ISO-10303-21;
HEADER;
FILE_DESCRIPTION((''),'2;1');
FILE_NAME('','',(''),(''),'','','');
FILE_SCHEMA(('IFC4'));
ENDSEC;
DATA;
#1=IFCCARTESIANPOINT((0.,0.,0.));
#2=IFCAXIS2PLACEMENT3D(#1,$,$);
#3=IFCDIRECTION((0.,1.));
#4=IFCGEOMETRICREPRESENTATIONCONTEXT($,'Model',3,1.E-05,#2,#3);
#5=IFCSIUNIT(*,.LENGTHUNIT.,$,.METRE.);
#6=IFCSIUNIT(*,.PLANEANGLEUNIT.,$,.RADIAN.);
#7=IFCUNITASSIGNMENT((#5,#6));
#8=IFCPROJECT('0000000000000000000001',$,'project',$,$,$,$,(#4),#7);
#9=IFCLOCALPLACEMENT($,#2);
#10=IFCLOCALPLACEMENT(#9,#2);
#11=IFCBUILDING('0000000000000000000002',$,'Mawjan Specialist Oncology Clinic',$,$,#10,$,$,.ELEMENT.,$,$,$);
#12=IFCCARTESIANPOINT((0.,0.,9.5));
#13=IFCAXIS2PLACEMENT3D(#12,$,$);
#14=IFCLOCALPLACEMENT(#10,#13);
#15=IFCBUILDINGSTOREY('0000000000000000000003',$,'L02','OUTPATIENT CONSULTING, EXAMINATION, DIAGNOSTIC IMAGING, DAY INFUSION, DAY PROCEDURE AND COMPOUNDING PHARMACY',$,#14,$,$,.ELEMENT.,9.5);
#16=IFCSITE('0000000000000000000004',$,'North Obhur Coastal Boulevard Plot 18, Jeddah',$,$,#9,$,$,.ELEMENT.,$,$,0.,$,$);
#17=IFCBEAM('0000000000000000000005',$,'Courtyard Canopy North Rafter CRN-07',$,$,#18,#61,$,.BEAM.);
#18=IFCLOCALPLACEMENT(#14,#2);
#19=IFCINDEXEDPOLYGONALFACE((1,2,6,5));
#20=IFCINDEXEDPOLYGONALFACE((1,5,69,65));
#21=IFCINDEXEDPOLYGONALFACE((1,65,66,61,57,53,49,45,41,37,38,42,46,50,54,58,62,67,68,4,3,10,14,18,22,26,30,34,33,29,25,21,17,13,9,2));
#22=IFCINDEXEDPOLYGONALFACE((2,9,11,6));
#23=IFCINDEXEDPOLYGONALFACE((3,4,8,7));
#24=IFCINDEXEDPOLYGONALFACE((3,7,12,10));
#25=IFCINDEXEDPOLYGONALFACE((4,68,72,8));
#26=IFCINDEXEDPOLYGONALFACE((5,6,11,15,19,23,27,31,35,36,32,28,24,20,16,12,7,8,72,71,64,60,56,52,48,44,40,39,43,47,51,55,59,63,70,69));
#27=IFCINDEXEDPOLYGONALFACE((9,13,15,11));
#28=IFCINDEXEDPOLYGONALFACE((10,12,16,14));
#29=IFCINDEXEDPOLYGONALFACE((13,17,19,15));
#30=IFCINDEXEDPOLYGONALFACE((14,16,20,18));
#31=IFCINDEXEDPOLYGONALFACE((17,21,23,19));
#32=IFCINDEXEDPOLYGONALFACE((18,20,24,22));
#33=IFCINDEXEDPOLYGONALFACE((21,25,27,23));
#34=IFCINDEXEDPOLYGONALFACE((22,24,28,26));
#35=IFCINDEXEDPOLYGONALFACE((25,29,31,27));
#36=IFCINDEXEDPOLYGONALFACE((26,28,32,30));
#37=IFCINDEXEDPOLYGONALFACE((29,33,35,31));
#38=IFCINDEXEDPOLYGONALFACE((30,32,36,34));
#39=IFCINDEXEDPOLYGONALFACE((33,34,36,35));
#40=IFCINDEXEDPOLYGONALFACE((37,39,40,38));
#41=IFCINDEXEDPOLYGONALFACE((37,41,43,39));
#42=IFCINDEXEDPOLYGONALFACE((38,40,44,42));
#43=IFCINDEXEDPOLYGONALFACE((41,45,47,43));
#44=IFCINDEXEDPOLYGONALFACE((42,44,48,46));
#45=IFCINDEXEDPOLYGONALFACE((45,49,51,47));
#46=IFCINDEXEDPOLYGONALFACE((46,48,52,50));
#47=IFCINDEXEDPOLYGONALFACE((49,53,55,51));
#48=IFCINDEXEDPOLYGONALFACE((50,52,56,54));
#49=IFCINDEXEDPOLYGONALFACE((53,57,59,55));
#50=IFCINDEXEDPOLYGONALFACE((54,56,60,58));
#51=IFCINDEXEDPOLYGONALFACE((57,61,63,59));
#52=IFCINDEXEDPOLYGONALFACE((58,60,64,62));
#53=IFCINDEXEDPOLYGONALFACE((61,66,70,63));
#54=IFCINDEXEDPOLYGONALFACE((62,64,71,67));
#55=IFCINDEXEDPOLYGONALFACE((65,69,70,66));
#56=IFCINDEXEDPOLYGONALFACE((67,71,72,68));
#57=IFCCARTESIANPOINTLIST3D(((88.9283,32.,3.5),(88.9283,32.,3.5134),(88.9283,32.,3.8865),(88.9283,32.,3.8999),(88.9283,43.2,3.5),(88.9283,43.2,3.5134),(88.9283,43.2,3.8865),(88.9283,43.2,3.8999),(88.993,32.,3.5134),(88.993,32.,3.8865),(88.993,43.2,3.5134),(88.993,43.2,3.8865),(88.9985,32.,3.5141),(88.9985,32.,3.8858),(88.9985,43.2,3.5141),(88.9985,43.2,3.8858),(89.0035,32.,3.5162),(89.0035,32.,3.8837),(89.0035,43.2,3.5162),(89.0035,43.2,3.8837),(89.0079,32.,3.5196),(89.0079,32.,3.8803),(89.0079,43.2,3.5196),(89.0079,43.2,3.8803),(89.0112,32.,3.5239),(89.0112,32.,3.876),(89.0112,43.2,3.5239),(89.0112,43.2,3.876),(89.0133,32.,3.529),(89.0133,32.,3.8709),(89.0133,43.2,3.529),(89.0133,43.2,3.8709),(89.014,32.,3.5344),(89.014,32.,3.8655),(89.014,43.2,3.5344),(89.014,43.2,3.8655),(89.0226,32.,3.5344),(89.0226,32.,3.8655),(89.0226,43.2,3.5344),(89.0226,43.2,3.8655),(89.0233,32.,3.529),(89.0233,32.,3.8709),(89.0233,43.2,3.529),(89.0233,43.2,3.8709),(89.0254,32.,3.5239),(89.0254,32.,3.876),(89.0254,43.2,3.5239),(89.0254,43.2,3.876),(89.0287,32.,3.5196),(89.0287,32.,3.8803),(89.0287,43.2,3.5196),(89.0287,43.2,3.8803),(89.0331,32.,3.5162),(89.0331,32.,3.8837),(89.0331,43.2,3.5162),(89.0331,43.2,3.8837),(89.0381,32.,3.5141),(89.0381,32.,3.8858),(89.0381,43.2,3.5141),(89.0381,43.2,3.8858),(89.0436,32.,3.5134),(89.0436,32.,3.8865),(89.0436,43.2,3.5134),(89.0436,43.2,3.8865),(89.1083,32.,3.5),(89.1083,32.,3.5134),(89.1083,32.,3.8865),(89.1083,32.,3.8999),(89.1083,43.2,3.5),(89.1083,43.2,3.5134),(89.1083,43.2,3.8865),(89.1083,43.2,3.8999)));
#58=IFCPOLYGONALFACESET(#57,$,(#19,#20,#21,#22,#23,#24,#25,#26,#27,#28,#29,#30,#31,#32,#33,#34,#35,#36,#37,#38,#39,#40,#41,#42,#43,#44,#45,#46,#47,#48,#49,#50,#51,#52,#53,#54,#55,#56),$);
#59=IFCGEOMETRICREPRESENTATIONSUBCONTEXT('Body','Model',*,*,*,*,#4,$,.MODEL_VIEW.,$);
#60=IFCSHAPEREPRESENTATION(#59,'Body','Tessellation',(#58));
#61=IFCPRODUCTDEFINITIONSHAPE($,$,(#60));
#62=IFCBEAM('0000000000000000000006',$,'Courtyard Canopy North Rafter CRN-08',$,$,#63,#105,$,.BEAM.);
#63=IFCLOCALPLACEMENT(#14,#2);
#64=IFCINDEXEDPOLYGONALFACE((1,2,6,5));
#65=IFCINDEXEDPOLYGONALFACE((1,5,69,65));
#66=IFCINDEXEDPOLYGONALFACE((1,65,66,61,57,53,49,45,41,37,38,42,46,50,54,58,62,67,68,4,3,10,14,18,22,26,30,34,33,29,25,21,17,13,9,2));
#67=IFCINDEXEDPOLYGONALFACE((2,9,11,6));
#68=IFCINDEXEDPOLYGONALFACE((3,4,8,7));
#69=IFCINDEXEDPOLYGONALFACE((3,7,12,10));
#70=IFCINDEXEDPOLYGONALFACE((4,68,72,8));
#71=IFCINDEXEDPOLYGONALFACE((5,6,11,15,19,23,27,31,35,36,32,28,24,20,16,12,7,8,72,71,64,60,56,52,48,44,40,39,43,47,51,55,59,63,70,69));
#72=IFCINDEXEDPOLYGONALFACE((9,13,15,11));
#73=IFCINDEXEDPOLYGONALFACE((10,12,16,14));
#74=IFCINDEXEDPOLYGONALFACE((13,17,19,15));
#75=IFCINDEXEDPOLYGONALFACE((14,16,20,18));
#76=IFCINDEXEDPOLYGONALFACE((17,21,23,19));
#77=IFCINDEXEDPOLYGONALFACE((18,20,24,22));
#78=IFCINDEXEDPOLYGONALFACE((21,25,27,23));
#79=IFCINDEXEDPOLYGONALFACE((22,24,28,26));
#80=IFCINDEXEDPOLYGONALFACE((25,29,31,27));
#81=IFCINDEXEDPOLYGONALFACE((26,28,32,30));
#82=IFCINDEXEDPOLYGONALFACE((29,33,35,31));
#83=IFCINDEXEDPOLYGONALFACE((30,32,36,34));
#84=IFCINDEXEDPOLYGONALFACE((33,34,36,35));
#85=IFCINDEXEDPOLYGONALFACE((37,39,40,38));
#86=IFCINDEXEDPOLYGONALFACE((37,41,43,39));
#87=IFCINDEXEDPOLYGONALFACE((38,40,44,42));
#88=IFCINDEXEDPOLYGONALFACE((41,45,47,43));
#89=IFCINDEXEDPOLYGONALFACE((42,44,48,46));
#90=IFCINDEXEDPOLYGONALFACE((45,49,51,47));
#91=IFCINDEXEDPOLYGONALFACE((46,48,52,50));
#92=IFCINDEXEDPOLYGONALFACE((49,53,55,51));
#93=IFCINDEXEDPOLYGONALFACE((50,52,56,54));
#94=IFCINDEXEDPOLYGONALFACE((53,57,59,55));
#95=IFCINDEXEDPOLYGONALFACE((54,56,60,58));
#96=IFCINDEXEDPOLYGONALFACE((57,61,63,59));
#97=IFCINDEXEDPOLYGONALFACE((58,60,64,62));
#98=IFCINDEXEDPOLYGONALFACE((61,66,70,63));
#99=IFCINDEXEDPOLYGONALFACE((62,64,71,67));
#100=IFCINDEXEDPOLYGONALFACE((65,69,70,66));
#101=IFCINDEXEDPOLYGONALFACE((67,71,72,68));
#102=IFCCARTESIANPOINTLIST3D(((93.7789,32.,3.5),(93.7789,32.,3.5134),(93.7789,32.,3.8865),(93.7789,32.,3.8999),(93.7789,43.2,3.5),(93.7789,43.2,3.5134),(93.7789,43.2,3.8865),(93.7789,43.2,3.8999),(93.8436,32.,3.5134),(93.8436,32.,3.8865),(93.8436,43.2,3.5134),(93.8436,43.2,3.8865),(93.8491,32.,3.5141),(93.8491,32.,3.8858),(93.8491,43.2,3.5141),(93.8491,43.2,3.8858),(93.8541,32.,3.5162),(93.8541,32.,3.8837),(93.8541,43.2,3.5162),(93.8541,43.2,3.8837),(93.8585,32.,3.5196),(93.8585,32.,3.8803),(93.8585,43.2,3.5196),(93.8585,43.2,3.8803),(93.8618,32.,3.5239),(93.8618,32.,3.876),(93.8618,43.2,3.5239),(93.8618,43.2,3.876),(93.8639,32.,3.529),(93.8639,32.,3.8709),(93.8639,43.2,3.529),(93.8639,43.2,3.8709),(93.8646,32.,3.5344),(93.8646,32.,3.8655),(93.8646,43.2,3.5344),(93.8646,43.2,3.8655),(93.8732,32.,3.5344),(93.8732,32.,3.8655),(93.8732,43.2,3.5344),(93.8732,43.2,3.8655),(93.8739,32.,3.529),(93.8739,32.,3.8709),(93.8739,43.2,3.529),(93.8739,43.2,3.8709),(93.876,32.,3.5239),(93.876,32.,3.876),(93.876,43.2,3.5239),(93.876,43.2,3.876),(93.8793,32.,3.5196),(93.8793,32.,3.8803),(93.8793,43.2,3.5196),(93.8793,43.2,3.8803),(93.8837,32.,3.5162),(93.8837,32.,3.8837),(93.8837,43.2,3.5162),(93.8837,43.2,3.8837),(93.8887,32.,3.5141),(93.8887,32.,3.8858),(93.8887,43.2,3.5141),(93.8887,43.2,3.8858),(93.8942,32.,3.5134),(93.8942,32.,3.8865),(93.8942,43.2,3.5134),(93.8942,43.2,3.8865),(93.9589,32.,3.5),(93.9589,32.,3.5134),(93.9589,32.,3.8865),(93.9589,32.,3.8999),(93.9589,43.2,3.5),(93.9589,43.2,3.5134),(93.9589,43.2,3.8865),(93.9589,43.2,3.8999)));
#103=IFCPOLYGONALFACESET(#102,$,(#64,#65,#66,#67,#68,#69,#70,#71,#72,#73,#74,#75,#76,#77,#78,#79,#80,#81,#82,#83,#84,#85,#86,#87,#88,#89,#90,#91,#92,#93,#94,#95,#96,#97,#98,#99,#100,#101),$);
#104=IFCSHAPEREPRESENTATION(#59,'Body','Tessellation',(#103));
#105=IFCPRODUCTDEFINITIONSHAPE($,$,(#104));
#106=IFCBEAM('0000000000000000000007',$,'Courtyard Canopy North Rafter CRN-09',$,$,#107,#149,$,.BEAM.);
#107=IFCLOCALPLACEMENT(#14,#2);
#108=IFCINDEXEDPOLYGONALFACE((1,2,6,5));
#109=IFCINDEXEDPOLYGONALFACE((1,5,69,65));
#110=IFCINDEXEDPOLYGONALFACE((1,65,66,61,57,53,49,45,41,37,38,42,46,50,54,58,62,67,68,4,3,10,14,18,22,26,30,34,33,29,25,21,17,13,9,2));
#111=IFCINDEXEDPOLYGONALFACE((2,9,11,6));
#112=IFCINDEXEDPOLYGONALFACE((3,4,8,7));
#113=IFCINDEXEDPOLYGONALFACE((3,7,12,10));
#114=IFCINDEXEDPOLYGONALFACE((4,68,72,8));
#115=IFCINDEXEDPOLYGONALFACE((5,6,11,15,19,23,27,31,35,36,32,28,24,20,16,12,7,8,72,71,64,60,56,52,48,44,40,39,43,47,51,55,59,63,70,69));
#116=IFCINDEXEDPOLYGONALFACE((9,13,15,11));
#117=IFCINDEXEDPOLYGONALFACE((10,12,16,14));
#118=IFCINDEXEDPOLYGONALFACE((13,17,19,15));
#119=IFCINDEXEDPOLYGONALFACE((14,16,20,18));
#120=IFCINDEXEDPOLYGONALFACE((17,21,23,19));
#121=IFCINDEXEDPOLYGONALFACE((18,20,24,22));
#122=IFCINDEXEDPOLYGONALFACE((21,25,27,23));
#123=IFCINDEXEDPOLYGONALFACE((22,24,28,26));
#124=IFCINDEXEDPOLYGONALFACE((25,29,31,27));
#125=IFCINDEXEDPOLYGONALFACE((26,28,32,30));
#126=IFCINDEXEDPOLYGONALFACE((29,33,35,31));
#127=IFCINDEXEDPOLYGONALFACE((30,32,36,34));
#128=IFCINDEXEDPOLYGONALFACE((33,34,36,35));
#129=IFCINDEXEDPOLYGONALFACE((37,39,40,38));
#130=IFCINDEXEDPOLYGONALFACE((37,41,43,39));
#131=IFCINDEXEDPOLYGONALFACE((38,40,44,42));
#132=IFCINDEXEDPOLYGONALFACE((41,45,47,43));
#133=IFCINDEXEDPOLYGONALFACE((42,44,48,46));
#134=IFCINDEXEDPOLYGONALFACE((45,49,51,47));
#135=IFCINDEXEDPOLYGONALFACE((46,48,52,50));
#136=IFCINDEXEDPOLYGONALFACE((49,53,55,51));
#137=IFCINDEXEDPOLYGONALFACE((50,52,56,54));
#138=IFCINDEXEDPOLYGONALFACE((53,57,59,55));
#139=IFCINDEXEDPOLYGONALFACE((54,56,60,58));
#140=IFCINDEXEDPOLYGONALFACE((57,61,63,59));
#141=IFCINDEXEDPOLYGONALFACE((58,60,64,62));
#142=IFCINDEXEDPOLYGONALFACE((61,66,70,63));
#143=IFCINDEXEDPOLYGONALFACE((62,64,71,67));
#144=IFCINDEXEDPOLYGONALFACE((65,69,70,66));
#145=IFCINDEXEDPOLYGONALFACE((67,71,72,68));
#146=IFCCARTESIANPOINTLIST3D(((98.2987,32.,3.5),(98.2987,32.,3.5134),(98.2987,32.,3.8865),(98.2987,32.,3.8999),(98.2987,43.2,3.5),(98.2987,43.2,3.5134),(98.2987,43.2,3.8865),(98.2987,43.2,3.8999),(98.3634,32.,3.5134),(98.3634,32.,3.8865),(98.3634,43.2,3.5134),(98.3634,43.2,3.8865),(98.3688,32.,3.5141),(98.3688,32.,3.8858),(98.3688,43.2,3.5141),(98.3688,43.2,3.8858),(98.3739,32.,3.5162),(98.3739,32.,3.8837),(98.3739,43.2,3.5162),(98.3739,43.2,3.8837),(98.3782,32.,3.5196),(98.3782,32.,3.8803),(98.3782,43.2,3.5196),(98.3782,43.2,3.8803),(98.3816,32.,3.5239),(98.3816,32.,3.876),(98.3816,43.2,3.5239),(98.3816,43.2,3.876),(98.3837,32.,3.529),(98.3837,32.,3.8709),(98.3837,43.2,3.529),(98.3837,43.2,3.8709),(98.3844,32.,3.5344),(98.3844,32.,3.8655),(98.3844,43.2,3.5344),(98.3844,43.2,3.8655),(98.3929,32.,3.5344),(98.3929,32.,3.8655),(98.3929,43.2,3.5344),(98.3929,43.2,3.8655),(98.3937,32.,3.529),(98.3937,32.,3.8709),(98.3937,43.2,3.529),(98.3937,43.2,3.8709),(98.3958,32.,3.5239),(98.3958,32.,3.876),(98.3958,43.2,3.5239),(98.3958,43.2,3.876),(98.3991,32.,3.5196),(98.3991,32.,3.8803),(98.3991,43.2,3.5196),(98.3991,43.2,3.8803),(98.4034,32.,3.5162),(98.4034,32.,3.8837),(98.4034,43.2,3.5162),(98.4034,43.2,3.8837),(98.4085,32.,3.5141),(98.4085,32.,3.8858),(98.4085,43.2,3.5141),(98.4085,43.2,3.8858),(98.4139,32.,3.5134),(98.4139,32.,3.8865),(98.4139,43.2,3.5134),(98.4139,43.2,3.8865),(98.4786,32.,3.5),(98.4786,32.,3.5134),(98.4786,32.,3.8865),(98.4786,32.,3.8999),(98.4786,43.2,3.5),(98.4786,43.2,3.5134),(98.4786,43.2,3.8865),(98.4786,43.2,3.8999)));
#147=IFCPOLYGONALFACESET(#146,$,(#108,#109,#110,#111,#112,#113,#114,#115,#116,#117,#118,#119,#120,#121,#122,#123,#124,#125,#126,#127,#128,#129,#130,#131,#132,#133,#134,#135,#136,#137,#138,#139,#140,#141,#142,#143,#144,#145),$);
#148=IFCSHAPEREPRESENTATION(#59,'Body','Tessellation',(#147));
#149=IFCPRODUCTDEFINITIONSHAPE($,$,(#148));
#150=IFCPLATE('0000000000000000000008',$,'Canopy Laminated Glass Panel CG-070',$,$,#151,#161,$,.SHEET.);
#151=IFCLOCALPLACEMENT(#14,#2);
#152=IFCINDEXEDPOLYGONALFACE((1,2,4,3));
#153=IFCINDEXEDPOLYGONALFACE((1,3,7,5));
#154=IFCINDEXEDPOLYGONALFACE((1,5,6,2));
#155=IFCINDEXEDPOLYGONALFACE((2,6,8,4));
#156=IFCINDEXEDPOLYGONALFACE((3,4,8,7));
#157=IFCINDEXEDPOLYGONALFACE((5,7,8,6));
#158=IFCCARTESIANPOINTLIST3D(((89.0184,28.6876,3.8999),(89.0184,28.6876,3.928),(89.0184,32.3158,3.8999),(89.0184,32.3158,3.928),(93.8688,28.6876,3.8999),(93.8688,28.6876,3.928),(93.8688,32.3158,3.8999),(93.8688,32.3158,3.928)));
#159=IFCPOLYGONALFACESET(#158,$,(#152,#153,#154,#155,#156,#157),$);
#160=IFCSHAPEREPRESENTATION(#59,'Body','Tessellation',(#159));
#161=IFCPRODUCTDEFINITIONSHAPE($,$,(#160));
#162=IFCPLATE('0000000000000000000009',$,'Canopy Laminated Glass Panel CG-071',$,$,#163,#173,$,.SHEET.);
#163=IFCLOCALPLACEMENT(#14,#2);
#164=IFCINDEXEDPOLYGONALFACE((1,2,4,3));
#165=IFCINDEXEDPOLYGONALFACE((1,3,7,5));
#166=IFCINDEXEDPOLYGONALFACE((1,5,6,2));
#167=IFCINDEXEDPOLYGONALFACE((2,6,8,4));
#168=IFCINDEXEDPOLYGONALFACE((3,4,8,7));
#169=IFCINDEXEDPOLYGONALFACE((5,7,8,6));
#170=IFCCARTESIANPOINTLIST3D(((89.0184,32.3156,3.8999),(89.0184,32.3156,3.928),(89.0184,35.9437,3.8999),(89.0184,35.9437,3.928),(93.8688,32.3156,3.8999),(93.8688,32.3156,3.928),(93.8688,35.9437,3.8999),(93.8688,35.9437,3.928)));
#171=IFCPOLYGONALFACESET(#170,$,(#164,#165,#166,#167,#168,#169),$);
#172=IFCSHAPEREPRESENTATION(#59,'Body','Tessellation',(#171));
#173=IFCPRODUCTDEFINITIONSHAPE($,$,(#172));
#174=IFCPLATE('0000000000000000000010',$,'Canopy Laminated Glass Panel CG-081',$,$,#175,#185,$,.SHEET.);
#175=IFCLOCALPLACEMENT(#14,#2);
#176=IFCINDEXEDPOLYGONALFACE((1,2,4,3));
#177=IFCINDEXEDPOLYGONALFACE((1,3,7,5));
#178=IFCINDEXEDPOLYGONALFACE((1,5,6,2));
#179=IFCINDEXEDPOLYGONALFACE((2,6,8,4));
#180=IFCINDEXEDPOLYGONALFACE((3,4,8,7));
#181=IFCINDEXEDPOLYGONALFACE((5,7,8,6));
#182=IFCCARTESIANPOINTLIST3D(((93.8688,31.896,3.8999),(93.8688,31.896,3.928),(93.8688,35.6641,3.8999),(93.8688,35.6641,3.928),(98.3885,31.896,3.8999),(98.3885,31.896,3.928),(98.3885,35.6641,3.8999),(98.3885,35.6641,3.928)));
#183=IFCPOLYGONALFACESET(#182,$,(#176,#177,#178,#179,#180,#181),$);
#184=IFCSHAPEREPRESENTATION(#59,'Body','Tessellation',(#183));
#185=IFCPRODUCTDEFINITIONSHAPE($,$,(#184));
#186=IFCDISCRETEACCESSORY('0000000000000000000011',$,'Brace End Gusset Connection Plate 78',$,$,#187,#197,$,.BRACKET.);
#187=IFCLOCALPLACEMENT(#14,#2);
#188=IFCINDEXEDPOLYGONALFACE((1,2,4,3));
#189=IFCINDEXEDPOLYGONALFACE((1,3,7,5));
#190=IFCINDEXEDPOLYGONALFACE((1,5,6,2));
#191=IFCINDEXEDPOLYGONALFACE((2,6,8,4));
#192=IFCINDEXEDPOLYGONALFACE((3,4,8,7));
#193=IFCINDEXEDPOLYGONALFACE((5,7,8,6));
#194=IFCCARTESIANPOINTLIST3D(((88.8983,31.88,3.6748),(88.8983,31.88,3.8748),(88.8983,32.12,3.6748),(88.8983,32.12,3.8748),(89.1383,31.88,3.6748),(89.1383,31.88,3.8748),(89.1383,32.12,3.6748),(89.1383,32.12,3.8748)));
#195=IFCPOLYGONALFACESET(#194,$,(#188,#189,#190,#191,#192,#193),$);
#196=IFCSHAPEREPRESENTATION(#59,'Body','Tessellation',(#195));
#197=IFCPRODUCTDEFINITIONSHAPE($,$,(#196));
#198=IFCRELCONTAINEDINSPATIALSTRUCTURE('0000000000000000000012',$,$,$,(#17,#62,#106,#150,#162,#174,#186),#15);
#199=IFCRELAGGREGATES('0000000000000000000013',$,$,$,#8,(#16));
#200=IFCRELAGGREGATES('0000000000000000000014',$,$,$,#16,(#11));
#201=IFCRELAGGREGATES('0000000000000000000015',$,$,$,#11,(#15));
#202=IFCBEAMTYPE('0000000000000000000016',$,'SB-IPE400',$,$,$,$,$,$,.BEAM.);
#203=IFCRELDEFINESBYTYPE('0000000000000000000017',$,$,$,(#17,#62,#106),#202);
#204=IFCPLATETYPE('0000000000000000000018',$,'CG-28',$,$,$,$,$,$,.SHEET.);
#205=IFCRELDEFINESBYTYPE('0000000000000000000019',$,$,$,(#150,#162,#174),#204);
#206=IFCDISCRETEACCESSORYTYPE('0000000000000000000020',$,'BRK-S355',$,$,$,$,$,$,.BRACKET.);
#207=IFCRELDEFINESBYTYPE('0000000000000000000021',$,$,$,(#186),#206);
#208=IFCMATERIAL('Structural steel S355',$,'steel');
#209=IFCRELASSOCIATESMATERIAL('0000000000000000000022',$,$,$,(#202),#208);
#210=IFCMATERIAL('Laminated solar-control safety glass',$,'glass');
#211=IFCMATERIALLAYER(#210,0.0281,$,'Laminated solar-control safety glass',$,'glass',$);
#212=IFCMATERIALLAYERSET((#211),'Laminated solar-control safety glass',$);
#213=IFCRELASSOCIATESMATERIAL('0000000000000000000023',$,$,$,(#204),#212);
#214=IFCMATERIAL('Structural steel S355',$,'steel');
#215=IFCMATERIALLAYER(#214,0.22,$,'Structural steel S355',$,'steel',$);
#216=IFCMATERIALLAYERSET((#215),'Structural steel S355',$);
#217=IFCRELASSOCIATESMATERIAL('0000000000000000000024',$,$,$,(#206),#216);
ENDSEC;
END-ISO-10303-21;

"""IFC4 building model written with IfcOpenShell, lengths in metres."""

from ifc_helpers import new_model, si_unit, direction, frame, origin, origin_2d, place, context, subcontext, project, spatial, rectangle, i_section, extrude, material, layer, layer_set, material_profile, profile_set, type_object, element, save


model = new_model("IFC4")

# Units and contexts
model_context = context("Model", 3, precision=1e-05, world=origin(), true_north=direction((0.0, 1.0)))
body_context = subcontext(model_context, "Body", "Model", "MODEL_VIEW")
ifc_project = project(units=[si_unit("LENGTHUNIT", "METRE"), si_unit("PLANEANGLEUNIT", "RADIAN")], contexts=[model_context])

# Site, building, storey
site_placement = place(None, origin())
site = spatial("IfcSite", under=ifc_project, at=site_placement, Name="North Obhur Coastal Boulevard Plot 18, Jeddah", CompositionType="ELEMENT", RefElevation=0.0)
building_placement = place(site_placement, origin())
building = spatial("IfcBuilding", under=site, at=building_placement, Name="Mawjan Specialist Oncology Clinic", CompositionType="ELEMENT")
storey_placement = place(building_placement, frame((0.0, 0.0, 9.5)))
storey = spatial("IfcBuildingStorey", under=building, at=storey_placement, Name="L02", Description="OUTPATIENT CONSULTING, EXAMINATION, DIAGNOSTIC IMAGING, DAY INFUSION, DAY PROCEDURE AND COMPOUNDING PHARMACY", CompositionType="ELEMENT", Elevation=9.5)

# Beams
ifc_material_1 = material(Name="Structural steel S355", Category="steel")
ifc_material_profile_1 = material_profile(ifc_material_1, i_section(OverallWidth=0.1799, OverallDepth=0.3999, WebThickness=0.0085, FlangeThickness=0.0134, FilletRadius=0.021, at=origin_2d()), Name="IPE 400", Category="steel")
ifc_profile_set_1 = profile_set([ifc_material_profile_1], Name="Structural steel S355")
beam_type_1 = type_object("IfcBeamType", Name="SB-IPE400", PredefinedType="BEAM", material=ifc_profile_set_1)
for number, where, z_axis, x_axis, name in (
    (1, (89.0183, 32.0, 3.7), (0.0, 1.0, 0.0), (-1.0, 0.0, 0.0), "Courtyard Canopy North Rafter CRN-07"),
    (2, (93.8689, 32.0, 3.7), (0.0, 1.0, 0.0), (-1.0, 0.0, 0.0), "Courtyard Canopy North Rafter CRN-08"),
    (3, (98.3887, 32.0, 3.7), (0.0, 1.0, 0.0), (-1.0, 0.0, 0.0), "Courtyard Canopy North Rafter CRN-09"),
):
    element("IfcBeam", number, at=place(storey_placement, frame(where, z_axis=z_axis, x_axis=x_axis)), inside=storey, type_object=beam_type_1, Name=name, PredefinedType="BEAM", context=body_context, shape_type="SweptSolid", body=[
        extrude(i_section(OverallWidth=0.1799, OverallDepth=0.3999, WebThickness=0.0085, FlangeThickness=0.0134, FilletRadius=0.021, at=origin_2d()), origin(), (0.0, 0.0, 1.0), 11.2),
    ])

# Plates
ifc_material_2 = material(Name="Laminated solar-control safety glass", Category="glass")
ifc_layer_1 = layer(ifc_material_2, 0.0281, Name="Laminated solar-control safety glass", Category="glass")
ifc_layer_set_1 = layer_set([ifc_layer_1], Name="Laminated solar-control safety glass")
plate_type = type_object("IfcPlateType", Name="CG-28", PredefinedType="SHEET", material=ifc_layer_set_1)
for number, where, z_axis, x_axis, name in (
    (4, (91.4436, 30.5017, 3.8999), (0.0, 0.0, 1.0), (1.0, 0.0, 0.0), "Canopy Laminated Glass Panel CG-070"),
    (5, (91.4436, 34.1296, 3.8999), (0.0, 0.0, 1.0), (1.0, 0.0, 0.0), "Canopy Laminated Glass Panel CG-071"),
):
    element("IfcPlate", number, at=place(storey_placement, frame(where, z_axis=z_axis, x_axis=x_axis)), inside=storey, type_object=plate_type, Name=name, PredefinedType="SHEET", context=body_context, shape_type="SweptSolid", body=[
        extrude(rectangle(XDim=4.8503, YDim=3.6282, at=origin_2d()), origin(), (0.0, 0.0, 1.0), 0.0281),
    ])
plate_placement = place(storey_placement, frame((96.1287, 33.78, 3.8999), z_axis=(0.0, 0.0, 1.0), x_axis=(1.0, 0.0, 0.0)))
element("IfcPlate", 6, at=plate_placement, inside=storey, type_object=plate_type, Name="Canopy Laminated Glass Panel CG-081", PredefinedType="SHEET", context=body_context, shape_type="SweptSolid", body=[
    extrude(rectangle(XDim=4.5198, YDim=3.7681, at=origin_2d()), origin(), (0.0, 0.0, 1.0), 0.0281),
])

# Discrete accessory
ifc_material_3 = material(Name="Structural steel S355", Category="steel")
ifc_layer_2 = layer(ifc_material_3, 0.22, Name="Structural steel S355", Category="steel")
ifc_layer_set_2 = layer_set([ifc_layer_2], Name="Structural steel S355")
discrete_accessory_type = type_object("IfcDiscreteAccessoryType", Name="BRK-S355", PredefinedType="BRACKET", material=ifc_layer_set_2)
discrete_accessory_placement = place(storey_placement, frame((89.0183, 32.0, 3.6748), z_axis=(0.0, 0.0, 1.0), x_axis=(1.0, 0.0, 0.0)))
element("IfcDiscreteAccessory", 7, at=discrete_accessory_placement, inside=storey, type_object=discrete_accessory_type, Name="Brace End Gusset Connection Plate 78", PredefinedType="BRACKET", context=body_context, shape_type="SweptSolid", body=[
    extrude(rectangle(XDim=0.24, YDim=0.24, at=origin_2d()), origin(), (0.0, 0.0, 1.0), 0.2),
])

save(model, "model.ifc")
